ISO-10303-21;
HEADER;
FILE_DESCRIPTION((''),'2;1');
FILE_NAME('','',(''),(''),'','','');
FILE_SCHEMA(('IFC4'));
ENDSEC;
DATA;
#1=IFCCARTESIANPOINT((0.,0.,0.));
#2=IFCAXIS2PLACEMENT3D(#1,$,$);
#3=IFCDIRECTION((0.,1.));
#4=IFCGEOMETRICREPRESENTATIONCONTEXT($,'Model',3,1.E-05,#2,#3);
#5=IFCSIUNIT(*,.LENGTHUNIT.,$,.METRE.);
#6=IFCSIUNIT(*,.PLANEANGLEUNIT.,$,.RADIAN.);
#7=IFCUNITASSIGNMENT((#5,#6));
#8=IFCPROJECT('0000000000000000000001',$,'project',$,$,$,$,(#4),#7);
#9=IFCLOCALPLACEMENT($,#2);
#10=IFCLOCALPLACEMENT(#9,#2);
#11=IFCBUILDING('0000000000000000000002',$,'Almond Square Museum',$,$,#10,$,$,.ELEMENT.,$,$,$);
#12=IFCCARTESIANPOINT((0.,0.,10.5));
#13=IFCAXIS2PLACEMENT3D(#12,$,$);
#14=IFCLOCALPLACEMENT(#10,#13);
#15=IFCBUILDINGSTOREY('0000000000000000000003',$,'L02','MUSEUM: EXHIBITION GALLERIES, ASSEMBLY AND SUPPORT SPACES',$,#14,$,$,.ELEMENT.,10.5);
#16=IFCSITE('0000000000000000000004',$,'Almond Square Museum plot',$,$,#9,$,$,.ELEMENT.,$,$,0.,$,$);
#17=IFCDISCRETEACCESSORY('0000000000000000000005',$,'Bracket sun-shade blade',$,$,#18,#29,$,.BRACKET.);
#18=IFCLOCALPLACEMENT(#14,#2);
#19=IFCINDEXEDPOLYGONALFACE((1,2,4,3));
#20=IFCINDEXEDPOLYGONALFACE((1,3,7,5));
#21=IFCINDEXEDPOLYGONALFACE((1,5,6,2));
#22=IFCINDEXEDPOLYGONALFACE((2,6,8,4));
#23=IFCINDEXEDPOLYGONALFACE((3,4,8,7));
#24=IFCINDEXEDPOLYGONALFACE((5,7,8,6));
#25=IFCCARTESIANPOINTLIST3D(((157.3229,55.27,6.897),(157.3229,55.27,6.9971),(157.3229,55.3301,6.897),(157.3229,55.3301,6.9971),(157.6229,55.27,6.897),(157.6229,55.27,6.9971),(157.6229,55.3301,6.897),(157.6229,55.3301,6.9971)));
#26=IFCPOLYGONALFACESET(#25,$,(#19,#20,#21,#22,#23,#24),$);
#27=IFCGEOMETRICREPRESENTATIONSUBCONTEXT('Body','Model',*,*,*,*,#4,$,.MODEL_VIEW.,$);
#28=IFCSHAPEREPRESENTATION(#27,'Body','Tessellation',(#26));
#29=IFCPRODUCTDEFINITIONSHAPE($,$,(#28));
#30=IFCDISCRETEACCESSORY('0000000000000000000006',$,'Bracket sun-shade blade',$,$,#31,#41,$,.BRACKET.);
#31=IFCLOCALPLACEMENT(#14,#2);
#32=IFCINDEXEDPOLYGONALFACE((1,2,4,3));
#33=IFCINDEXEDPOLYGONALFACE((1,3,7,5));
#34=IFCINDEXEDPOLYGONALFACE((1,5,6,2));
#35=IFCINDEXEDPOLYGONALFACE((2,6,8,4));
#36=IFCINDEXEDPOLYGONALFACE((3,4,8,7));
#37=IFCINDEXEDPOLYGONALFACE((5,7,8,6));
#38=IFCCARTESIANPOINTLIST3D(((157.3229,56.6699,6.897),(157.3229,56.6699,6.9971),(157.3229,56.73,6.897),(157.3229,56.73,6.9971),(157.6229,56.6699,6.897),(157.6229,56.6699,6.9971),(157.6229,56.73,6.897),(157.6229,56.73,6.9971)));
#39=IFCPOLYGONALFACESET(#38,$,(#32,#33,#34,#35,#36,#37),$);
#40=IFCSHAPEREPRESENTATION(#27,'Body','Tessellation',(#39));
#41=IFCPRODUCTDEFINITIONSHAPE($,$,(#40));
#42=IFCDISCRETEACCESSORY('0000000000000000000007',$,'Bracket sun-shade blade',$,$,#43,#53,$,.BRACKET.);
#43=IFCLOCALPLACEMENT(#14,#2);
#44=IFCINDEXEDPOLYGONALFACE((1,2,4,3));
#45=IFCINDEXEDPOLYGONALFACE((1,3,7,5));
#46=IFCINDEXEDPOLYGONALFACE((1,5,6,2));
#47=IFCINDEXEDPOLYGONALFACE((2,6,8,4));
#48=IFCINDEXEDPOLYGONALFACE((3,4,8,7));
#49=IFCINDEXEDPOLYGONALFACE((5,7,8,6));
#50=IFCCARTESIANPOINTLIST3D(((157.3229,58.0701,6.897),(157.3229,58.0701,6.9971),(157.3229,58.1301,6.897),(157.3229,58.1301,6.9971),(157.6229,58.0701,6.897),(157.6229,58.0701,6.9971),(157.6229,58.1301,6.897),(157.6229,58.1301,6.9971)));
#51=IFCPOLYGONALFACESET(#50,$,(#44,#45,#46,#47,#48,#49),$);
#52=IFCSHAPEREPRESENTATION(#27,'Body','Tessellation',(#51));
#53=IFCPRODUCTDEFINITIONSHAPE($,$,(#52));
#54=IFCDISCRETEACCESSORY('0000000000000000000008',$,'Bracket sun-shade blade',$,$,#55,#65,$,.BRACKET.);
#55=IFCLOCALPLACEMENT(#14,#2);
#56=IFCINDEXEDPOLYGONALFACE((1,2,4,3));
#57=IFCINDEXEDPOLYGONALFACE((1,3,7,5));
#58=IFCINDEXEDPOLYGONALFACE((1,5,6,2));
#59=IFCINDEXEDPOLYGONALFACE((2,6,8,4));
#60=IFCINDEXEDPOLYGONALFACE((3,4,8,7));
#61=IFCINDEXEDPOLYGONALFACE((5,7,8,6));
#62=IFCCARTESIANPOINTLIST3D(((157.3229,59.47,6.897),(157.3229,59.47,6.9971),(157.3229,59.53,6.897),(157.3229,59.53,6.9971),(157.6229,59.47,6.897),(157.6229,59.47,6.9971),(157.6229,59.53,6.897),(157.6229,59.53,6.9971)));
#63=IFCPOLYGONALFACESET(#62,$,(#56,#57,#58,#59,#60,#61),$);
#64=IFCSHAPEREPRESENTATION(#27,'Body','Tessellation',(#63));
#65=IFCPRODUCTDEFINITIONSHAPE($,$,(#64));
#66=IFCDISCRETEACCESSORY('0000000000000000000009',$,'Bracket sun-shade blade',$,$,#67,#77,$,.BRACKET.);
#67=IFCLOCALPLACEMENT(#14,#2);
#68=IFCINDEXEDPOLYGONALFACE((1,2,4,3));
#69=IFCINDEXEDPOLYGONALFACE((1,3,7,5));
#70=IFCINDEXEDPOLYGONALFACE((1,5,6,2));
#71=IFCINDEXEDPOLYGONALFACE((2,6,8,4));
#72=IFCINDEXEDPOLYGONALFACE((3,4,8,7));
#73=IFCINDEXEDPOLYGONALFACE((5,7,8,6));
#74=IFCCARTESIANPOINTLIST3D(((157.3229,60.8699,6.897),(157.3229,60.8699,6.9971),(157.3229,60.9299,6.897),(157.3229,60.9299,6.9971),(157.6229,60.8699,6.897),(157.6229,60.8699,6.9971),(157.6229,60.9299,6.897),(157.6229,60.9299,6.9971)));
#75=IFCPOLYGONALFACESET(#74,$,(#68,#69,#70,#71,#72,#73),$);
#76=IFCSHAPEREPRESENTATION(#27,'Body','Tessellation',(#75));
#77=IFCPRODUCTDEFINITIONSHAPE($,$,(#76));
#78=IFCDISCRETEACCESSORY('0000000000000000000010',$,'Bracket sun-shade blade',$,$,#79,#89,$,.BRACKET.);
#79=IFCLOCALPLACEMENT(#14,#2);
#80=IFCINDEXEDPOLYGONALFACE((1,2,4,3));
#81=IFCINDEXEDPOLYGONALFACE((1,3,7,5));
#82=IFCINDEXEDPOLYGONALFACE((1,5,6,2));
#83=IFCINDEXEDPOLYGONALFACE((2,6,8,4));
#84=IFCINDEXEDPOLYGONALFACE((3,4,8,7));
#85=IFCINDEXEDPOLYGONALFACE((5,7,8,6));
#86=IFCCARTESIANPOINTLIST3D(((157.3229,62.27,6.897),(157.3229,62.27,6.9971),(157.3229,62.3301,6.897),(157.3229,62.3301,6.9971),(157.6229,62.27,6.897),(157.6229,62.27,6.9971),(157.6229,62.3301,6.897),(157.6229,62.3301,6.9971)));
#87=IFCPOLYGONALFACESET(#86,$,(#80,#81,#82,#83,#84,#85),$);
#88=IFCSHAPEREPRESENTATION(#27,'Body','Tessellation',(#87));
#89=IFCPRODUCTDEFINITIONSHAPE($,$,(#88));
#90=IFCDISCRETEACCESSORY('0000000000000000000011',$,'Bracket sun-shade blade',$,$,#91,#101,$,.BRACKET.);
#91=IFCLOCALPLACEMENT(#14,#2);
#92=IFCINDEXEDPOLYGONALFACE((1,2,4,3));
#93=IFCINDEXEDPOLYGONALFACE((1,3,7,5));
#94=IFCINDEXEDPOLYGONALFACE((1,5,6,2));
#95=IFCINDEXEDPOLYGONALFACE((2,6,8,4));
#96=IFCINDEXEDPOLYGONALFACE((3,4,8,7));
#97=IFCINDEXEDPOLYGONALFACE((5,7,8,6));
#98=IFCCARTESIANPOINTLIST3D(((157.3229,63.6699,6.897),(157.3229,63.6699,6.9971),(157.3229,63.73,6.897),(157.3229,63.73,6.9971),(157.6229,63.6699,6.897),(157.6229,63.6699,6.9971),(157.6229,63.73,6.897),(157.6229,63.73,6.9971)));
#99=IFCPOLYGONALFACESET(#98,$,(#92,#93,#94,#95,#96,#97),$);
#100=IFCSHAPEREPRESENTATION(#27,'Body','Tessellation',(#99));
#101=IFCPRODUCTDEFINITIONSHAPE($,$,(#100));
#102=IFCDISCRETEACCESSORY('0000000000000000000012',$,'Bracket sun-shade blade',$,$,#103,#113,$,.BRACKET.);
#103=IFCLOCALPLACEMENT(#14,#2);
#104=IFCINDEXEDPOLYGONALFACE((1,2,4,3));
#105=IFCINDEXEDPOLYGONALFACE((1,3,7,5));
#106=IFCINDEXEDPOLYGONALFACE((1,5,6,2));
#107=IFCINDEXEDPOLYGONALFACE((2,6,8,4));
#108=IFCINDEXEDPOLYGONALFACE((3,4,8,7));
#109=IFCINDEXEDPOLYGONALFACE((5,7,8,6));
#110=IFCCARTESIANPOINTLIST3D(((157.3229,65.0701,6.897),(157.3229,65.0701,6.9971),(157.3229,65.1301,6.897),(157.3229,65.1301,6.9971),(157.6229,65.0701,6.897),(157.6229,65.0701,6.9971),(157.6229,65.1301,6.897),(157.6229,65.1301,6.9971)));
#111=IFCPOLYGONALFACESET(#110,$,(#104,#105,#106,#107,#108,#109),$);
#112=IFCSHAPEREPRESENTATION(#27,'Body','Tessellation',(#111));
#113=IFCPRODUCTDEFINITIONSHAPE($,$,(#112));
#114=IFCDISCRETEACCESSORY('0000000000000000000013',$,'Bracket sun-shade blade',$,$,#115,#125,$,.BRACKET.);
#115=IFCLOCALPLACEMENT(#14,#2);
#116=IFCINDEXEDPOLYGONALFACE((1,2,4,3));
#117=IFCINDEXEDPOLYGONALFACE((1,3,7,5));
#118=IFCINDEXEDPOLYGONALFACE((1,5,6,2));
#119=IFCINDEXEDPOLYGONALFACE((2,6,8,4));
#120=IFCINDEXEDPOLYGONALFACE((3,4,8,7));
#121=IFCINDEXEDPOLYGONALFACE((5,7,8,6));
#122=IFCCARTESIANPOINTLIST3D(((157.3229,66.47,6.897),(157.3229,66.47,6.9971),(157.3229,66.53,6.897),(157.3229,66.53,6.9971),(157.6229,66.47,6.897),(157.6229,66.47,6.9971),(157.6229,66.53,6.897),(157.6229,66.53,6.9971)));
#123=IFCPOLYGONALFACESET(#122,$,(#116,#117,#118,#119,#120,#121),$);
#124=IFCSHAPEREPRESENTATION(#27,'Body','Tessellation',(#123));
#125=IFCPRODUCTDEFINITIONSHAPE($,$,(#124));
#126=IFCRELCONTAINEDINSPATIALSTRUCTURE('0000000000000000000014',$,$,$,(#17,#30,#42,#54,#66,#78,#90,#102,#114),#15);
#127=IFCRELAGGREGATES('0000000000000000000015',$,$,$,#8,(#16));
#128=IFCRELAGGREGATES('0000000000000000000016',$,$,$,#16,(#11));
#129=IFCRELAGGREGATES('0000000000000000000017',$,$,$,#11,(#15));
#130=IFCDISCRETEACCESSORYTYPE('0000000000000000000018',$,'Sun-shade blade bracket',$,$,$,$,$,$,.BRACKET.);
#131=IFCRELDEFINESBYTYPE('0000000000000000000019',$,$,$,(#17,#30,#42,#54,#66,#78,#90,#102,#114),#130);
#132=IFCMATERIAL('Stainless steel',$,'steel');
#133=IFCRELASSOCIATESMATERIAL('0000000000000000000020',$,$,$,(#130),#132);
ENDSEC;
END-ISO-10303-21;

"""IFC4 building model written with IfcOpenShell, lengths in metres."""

from ifc_helpers import new_model, si_unit, direction, frame, origin, origin_2d, place, context, subcontext, project, spatial, rectangle, extrude, material, type_object, element, save


model = new_model("IFC4")

# Units and contexts
model_context = context("Model", 3, precision=1e-05, world=origin(), true_north=direction((0.0, 1.0)))
body_context = subcontext(model_context, "Body", "Model", "MODEL_VIEW")
ifc_project = project(units=[si_unit("LENGTHUNIT", "METRE"), si_unit("PLANEANGLEUNIT", "RADIAN")], contexts=[model_context])

# Site, building, storey
site_placement = place(None, origin())
site = spatial("IfcSite", under=ifc_project, at=site_placement, Name="Almond Square Museum plot", CompositionType="ELEMENT", RefElevation=0.0)
building_placement = place(site_placement, origin())
building = spatial("IfcBuilding", under=site, at=building_placement, Name="Almond Square Museum", CompositionType="ELEMENT")
storey_placement = place(building_placement, frame((0.0, 0.0, 10.5)))
storey = spatial("IfcBuildingStorey", under=building, at=storey_placement, Name="L02", Description="MUSEUM: EXHIBITION GALLERIES, ASSEMBLY AND SUPPORT SPACES", CompositionType="ELEMENT", Elevation=10.5)

# Discrete accessories
ifc_material_1 = material(Name="Stainless steel", Category="steel")
discrete_accessory_type_1 = type_object("IfcDiscreteAccessoryType", Name="Sun-shade blade bracket", PredefinedType="BRACKET", material=ifc_material_1)
for number, where, z_axis, x_axis, name in (
    (1, (157.4729, 55.3, 6.897), (0.0, 0.0, 1.0), (1.0, 0.0, 0.0), "Bracket sun-shade blade"),
    (2, (157.4729, 56.7, 6.897), (0.0, 0.0, 1.0), (1.0, 0.0, 0.0), "Bracket sun-shade blade"),
    (3, (157.4729, 58.1001, 6.897), (0.0, 0.0, 1.0), (1.0, 0.0, 0.0), "Bracket sun-shade blade"),
    (4, (157.4729, 59.5, 6.897), (0.0, 0.0, 1.0), (1.0, 0.0, 0.0), "Bracket sun-shade blade"),
    (5, (157.4729, 60.8999, 6.897), (0.0, 0.0, 1.0), (1.0, 0.0, 0.0), "Bracket sun-shade blade"),
    (6, (157.4729, 62.3, 6.897), (0.0, 0.0, 1.0), (1.0, 0.0, 0.0), "Bracket sun-shade blade"),
    (7, (157.4729, 63.7, 6.897), (0.0, 0.0, 1.0), (1.0, 0.0, 0.0), "Bracket sun-shade blade"),
    (8, (157.4729, 65.1001, 6.897), (0.0, 0.0, 1.0), (1.0, 0.0, 0.0), "Bracket sun-shade blade"),
    (9, (157.4729, 66.5, 6.897), (0.0, 0.0, 1.0), (1.0, 0.0, 0.0), "Bracket sun-shade blade"),
):
    element("IfcDiscreteAccessory", number, at=place(storey_placement, frame(where, z_axis=z_axis, x_axis=x_axis)), inside=storey, type_object=discrete_accessory_type_1, Name=name, PredefinedType="BRACKET", context=body_context, shape_type="SweptSolid", body=[
        extrude(rectangle(XDim=0.3, YDim=0.0601, at=origin_2d()), origin(), (0.0, 0.0, 1.0), 0.1001),
    ])

save(model, "model.ifc")
